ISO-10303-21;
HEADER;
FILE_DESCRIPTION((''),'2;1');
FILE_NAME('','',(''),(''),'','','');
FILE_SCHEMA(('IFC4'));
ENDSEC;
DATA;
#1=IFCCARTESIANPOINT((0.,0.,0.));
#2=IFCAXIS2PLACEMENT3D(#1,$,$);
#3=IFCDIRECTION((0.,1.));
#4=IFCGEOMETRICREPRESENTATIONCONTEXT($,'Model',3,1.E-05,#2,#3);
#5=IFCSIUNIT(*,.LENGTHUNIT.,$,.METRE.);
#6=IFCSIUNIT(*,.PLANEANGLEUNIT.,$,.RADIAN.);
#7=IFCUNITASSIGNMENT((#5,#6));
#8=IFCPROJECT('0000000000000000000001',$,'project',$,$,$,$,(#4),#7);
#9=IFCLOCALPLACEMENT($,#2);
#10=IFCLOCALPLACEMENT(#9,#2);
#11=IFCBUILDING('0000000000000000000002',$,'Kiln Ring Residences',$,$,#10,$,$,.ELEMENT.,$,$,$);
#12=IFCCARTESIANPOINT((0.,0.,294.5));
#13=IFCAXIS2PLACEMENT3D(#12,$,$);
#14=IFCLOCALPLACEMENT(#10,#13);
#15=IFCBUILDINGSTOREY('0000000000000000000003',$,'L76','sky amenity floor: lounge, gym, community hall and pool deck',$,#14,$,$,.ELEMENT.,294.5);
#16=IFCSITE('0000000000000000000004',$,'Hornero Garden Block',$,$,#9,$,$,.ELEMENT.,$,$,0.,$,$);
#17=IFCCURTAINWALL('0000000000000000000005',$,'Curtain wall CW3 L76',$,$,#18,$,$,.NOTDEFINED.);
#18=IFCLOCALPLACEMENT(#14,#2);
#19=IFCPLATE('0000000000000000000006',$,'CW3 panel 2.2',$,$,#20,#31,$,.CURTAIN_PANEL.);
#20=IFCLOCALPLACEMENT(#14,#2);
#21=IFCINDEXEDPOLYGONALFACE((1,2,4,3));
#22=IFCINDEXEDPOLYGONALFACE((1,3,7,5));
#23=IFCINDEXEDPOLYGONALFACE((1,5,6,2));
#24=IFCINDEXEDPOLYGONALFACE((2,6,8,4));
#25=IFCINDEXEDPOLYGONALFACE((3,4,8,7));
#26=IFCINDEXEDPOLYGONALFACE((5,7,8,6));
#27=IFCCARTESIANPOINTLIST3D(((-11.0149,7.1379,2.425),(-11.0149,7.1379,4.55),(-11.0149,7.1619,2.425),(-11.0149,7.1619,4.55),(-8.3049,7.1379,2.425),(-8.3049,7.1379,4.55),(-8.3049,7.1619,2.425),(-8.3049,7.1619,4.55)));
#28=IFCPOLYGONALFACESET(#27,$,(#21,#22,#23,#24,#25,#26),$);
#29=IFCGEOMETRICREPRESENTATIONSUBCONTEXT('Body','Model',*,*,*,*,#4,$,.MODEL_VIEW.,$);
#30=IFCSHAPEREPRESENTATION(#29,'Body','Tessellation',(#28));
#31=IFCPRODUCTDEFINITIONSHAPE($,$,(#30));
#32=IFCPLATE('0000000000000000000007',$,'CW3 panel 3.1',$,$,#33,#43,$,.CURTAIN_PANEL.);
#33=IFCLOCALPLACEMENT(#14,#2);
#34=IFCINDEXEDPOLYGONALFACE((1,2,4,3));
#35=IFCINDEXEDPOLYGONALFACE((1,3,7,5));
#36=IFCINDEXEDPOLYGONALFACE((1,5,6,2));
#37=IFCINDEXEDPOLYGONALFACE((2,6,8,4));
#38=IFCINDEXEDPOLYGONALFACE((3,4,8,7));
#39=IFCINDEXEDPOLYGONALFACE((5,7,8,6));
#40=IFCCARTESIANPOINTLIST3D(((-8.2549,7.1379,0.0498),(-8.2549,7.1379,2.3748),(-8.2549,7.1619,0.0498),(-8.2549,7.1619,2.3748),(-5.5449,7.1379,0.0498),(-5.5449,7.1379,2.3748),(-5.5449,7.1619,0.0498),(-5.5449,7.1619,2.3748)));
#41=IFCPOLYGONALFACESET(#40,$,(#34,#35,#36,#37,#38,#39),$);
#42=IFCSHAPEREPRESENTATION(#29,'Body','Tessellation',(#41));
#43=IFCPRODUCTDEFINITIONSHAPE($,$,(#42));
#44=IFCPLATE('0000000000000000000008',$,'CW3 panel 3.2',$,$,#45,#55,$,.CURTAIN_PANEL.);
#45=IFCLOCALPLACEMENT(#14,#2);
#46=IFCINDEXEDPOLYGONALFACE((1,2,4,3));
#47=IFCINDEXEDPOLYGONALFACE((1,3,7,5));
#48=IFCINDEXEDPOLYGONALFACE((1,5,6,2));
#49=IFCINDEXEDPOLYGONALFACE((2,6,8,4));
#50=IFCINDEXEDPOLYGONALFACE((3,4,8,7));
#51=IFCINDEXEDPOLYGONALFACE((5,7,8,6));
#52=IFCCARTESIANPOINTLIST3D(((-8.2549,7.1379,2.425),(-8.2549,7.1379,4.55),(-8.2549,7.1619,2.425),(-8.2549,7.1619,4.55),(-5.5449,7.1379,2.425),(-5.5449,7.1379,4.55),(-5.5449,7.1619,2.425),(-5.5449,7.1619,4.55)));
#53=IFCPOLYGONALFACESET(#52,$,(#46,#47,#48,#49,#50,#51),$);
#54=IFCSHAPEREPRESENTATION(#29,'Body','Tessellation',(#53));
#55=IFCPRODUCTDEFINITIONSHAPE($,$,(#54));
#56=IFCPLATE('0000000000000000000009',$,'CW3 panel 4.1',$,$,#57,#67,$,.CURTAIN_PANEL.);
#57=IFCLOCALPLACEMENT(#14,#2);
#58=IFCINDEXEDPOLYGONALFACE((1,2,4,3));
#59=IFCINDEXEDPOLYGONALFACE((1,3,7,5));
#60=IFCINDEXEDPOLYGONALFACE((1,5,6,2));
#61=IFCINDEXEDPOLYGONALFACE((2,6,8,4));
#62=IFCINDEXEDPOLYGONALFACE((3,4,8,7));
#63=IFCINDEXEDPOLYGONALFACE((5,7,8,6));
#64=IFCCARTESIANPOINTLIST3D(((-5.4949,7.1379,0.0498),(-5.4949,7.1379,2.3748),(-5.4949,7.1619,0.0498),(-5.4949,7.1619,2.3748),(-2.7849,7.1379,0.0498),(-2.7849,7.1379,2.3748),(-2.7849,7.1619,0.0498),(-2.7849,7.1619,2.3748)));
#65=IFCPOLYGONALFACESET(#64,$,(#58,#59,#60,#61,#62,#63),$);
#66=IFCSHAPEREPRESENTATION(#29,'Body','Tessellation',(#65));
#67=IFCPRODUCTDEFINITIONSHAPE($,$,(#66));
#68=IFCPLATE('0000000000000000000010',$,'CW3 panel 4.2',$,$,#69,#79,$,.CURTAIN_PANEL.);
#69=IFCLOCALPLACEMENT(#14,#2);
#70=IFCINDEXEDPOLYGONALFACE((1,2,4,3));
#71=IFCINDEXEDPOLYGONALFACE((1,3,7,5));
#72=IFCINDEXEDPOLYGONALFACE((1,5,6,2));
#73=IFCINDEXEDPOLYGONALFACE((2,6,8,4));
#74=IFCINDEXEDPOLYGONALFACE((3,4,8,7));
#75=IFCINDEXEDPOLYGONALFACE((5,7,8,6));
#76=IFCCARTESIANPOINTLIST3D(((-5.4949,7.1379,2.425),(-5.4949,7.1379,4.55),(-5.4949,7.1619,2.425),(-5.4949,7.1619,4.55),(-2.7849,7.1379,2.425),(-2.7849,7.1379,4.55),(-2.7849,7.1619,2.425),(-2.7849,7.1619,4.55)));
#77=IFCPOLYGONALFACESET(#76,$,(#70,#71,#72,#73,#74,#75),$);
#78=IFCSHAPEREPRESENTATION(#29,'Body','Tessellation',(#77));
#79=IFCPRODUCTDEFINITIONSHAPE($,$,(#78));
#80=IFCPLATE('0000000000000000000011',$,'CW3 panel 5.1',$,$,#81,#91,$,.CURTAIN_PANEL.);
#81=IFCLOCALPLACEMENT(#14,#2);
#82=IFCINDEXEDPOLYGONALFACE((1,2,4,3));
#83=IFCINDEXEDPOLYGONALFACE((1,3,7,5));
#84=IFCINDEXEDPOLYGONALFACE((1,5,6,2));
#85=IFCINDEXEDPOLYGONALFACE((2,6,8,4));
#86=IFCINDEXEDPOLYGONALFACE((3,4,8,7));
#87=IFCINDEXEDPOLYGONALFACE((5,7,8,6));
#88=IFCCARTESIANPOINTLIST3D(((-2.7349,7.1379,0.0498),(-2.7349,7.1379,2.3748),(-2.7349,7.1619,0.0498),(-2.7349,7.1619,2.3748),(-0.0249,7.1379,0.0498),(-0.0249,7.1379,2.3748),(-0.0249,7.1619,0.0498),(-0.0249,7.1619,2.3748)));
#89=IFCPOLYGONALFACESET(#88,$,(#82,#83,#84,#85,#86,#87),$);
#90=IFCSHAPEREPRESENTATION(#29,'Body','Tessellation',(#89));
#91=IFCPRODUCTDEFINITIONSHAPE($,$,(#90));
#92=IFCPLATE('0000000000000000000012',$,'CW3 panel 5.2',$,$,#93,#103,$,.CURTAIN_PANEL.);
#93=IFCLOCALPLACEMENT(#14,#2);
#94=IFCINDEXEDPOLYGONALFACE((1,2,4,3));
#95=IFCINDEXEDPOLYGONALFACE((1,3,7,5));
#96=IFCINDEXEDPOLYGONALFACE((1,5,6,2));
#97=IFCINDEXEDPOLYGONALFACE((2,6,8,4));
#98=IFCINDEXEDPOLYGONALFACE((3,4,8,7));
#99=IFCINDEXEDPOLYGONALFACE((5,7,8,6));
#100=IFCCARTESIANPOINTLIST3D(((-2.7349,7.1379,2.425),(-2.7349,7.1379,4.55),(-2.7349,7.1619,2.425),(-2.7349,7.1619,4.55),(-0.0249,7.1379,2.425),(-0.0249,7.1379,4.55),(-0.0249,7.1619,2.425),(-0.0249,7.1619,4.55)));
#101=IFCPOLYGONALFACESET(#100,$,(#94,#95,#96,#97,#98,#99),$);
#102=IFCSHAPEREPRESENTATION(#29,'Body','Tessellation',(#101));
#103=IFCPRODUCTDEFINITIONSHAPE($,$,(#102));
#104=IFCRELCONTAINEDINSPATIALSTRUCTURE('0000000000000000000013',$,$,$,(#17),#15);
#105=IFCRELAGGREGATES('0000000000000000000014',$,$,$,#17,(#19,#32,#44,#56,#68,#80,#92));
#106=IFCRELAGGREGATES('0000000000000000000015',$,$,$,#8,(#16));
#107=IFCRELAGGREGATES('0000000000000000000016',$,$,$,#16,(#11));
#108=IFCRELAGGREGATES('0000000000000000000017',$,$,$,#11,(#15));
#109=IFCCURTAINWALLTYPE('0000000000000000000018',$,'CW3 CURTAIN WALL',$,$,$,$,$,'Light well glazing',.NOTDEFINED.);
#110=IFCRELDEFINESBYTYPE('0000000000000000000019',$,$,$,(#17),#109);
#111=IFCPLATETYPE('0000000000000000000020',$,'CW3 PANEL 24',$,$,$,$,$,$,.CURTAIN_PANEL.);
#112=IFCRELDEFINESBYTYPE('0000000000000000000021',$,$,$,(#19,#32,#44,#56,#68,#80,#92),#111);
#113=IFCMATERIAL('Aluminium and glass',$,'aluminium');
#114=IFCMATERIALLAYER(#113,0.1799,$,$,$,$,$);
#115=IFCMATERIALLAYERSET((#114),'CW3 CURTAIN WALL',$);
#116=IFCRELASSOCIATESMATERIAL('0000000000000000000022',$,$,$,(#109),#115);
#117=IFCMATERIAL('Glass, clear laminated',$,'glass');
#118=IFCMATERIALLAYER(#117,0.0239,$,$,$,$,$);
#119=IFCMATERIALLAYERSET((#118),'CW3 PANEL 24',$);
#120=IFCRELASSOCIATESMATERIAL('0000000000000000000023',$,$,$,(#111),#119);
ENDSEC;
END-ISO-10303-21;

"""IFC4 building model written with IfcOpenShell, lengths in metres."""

from ifc_helpers import new_model, si_unit, direction, frame, origin, origin_2d, place, context, subcontext, project, spatial, rectangle, extrude, material, layer, layer_set, type_object, element, aggregate, save


model = new_model("IFC4")

# Units and contexts
model_context = context("Model", 3, precision=1e-05, world=origin(), true_north=direction((0.0, 1.0)))
body_context = subcontext(model_context, "Body", "Model", "MODEL_VIEW")
ifc_project = project(units=[si_unit("LENGTHUNIT", "METRE"), si_unit("PLANEANGLEUNIT", "RADIAN")], contexts=[model_context])

# Site, building, storey
site_placement = place(None, origin())
site = spatial("IfcSite", under=ifc_project, at=site_placement, Name="Hornero Garden Block", CompositionType="ELEMENT", RefElevation=0.0)
building_placement = place(site_placement, origin())
building = spatial("IfcBuilding", under=site, at=building_placement, Name="Kiln Ring Residences", CompositionType="ELEMENT")
storey_placement = place(building_placement, frame((0.0, 0.0, 294.5)))
storey = spatial("IfcBuildingStorey", under=building, at=storey_placement, Name="L76", Description="sky amenity floor: lounge, gym, community hall and pool deck", CompositionType="ELEMENT", Elevation=294.5)

# Curtain wall
ifc_material_1 = material(Name="Aluminium and glass", Category="aluminium")
ifc_layer_1 = layer(ifc_material_1, 0.1799)
ifc_layer_set_1 = layer_set([ifc_layer_1], Name="CW3 CURTAIN WALL")
curtain_wall_type = type_object("IfcCurtainWallType", Name="CW3 CURTAIN WALL", ElementType="Light well glazing", PredefinedType="NOTDEFINED", material=ifc_layer_set_1)
curtain_wall_placement = place(storey_placement, origin())
curtain_wall = element("IfcCurtainWall", 1, at=curtain_wall_placement, inside=storey, type_object=curtain_wall_type, Name="Curtain wall CW3 L76", PredefinedType="NOTDEFINED")

# Plates
ifc_material_2 = material(Name="Glass, clear laminated", Category="glass")
ifc_layer_2 = layer(ifc_material_2, 0.0239)
ifc_layer_set_2 = layer_set([ifc_layer_2], Name="CW3 PANEL 24")
plate_type = type_object("IfcPlateType", Name="CW3 PANEL 24", PredefinedType="CURTAIN_PANEL", material=ifc_layer_set_2)
plate_1_placement = place(storey_placement, frame((-9.6599, 7.1499, 2.425), z_axis=(0.0, 0.0, 1.0), x_axis=(1.0, 0.0, 0.0)))
plate_1 = element("IfcPlate", 2, at=plate_1_placement, type_object=plate_type, Name="CW3 panel 2.2", PredefinedType="CURTAIN_PANEL", context=body_context, shape_type="SweptSolid", body=[
    extrude(rectangle(XDim=2.71, YDim=0.0239, at=origin_2d()), origin(), (0.0, 0.0, 1.0), 2.125),
])
plate_2_placement = place(storey_placement, frame((-6.8999, 7.1499, 0.0498), z_axis=(0.0, 0.0, 1.0), x_axis=(1.0, 0.0, 0.0)))
plate_2 = element("IfcPlate", 3, at=plate_2_placement, type_object=plate_type, Name="CW3 panel 3.1", PredefinedType="CURTAIN_PANEL", context=body_context, shape_type="SweptSolid", body=[
    extrude(rectangle(XDim=2.71, YDim=0.0239, at=origin_2d()), origin(), (0.0, 0.0, 1.0), 2.325),
])
plate_3_placement = place(storey_placement, frame((-6.8999, 7.1499, 2.425), z_axis=(0.0, 0.0, 1.0), x_axis=(1.0, 0.0, 0.0)))
plate_3 = element("IfcPlate", 4, at=plate_3_placement, type_object=plate_type, Name="CW3 panel 3.2", PredefinedType="CURTAIN_PANEL", context=body_context, shape_type="SweptSolid", body=[
    extrude(rectangle(XDim=2.71, YDim=0.0239, at=origin_2d()), origin(), (0.0, 0.0, 1.0), 2.125),
])
plate_4_placement = place(storey_placement, frame((-4.1399, 7.1499, 0.0498), z_axis=(0.0, 0.0, 1.0), x_axis=(1.0, 0.0, 0.0)))
plate_4 = element("IfcPlate", 5, at=plate_4_placement, type_object=plate_type, Name="CW3 panel 4.1", PredefinedType="CURTAIN_PANEL", context=body_context, shape_type="SweptSolid", body=[
    extrude(rectangle(XDim=2.71, YDim=0.0239, at=origin_2d()), origin(), (0.0, 0.0, 1.0), 2.325),
])
plate_5_placement = place(storey_placement, frame((-4.1399, 7.1499, 2.425), z_axis=(0.0, 0.0, 1.0), x_axis=(1.0, 0.0, 0.0)))
plate_5 = element("IfcPlate", 6, at=plate_5_placement, type_object=plate_type, Name="CW3 panel 4.2", PredefinedType="CURTAIN_PANEL", context=body_context, shape_type="SweptSolid", body=[
    extrude(rectangle(XDim=2.71, YDim=0.0239, at=origin_2d()), origin(), (0.0, 0.0, 1.0), 2.125),
])
plate_6_placement = place(storey_placement, frame((-1.3799, 7.1499, 0.0498), z_axis=(0.0, 0.0, 1.0), x_axis=(1.0, 0.0, 0.0)))
plate_6 = element("IfcPlate", 7, at=plate_6_placement, type_object=plate_type, Name="CW3 panel 5.1", PredefinedType="CURTAIN_PANEL", context=body_context, shape_type="SweptSolid", body=[
    extrude(rectangle(XDim=2.71, YDim=0.0239, at=origin_2d()), origin(), (0.0, 0.0, 1.0), 2.325),
])
plate_7_placement = place(storey_placement, frame((-1.3799, 7.1499, 2.425), z_axis=(0.0, 0.0, 1.0), x_axis=(1.0, 0.0, 0.0)))
plate_7 = element("IfcPlate", 8, at=plate_7_placement, type_object=plate_type, Name="CW3 panel 5.2", PredefinedType="CURTAIN_PANEL", context=body_context, shape_type="SweptSolid", body=[
    extrude(rectangle(XDim=2.71, YDim=0.0239, at=origin_2d()), origin(), (0.0, 0.0, 1.0), 2.125),
])
aggregate(curtain_wall, [plate_1, plate_2, plate_3, plate_4, plate_5, plate_6, plate_7])

save(model, "model.ifc")
